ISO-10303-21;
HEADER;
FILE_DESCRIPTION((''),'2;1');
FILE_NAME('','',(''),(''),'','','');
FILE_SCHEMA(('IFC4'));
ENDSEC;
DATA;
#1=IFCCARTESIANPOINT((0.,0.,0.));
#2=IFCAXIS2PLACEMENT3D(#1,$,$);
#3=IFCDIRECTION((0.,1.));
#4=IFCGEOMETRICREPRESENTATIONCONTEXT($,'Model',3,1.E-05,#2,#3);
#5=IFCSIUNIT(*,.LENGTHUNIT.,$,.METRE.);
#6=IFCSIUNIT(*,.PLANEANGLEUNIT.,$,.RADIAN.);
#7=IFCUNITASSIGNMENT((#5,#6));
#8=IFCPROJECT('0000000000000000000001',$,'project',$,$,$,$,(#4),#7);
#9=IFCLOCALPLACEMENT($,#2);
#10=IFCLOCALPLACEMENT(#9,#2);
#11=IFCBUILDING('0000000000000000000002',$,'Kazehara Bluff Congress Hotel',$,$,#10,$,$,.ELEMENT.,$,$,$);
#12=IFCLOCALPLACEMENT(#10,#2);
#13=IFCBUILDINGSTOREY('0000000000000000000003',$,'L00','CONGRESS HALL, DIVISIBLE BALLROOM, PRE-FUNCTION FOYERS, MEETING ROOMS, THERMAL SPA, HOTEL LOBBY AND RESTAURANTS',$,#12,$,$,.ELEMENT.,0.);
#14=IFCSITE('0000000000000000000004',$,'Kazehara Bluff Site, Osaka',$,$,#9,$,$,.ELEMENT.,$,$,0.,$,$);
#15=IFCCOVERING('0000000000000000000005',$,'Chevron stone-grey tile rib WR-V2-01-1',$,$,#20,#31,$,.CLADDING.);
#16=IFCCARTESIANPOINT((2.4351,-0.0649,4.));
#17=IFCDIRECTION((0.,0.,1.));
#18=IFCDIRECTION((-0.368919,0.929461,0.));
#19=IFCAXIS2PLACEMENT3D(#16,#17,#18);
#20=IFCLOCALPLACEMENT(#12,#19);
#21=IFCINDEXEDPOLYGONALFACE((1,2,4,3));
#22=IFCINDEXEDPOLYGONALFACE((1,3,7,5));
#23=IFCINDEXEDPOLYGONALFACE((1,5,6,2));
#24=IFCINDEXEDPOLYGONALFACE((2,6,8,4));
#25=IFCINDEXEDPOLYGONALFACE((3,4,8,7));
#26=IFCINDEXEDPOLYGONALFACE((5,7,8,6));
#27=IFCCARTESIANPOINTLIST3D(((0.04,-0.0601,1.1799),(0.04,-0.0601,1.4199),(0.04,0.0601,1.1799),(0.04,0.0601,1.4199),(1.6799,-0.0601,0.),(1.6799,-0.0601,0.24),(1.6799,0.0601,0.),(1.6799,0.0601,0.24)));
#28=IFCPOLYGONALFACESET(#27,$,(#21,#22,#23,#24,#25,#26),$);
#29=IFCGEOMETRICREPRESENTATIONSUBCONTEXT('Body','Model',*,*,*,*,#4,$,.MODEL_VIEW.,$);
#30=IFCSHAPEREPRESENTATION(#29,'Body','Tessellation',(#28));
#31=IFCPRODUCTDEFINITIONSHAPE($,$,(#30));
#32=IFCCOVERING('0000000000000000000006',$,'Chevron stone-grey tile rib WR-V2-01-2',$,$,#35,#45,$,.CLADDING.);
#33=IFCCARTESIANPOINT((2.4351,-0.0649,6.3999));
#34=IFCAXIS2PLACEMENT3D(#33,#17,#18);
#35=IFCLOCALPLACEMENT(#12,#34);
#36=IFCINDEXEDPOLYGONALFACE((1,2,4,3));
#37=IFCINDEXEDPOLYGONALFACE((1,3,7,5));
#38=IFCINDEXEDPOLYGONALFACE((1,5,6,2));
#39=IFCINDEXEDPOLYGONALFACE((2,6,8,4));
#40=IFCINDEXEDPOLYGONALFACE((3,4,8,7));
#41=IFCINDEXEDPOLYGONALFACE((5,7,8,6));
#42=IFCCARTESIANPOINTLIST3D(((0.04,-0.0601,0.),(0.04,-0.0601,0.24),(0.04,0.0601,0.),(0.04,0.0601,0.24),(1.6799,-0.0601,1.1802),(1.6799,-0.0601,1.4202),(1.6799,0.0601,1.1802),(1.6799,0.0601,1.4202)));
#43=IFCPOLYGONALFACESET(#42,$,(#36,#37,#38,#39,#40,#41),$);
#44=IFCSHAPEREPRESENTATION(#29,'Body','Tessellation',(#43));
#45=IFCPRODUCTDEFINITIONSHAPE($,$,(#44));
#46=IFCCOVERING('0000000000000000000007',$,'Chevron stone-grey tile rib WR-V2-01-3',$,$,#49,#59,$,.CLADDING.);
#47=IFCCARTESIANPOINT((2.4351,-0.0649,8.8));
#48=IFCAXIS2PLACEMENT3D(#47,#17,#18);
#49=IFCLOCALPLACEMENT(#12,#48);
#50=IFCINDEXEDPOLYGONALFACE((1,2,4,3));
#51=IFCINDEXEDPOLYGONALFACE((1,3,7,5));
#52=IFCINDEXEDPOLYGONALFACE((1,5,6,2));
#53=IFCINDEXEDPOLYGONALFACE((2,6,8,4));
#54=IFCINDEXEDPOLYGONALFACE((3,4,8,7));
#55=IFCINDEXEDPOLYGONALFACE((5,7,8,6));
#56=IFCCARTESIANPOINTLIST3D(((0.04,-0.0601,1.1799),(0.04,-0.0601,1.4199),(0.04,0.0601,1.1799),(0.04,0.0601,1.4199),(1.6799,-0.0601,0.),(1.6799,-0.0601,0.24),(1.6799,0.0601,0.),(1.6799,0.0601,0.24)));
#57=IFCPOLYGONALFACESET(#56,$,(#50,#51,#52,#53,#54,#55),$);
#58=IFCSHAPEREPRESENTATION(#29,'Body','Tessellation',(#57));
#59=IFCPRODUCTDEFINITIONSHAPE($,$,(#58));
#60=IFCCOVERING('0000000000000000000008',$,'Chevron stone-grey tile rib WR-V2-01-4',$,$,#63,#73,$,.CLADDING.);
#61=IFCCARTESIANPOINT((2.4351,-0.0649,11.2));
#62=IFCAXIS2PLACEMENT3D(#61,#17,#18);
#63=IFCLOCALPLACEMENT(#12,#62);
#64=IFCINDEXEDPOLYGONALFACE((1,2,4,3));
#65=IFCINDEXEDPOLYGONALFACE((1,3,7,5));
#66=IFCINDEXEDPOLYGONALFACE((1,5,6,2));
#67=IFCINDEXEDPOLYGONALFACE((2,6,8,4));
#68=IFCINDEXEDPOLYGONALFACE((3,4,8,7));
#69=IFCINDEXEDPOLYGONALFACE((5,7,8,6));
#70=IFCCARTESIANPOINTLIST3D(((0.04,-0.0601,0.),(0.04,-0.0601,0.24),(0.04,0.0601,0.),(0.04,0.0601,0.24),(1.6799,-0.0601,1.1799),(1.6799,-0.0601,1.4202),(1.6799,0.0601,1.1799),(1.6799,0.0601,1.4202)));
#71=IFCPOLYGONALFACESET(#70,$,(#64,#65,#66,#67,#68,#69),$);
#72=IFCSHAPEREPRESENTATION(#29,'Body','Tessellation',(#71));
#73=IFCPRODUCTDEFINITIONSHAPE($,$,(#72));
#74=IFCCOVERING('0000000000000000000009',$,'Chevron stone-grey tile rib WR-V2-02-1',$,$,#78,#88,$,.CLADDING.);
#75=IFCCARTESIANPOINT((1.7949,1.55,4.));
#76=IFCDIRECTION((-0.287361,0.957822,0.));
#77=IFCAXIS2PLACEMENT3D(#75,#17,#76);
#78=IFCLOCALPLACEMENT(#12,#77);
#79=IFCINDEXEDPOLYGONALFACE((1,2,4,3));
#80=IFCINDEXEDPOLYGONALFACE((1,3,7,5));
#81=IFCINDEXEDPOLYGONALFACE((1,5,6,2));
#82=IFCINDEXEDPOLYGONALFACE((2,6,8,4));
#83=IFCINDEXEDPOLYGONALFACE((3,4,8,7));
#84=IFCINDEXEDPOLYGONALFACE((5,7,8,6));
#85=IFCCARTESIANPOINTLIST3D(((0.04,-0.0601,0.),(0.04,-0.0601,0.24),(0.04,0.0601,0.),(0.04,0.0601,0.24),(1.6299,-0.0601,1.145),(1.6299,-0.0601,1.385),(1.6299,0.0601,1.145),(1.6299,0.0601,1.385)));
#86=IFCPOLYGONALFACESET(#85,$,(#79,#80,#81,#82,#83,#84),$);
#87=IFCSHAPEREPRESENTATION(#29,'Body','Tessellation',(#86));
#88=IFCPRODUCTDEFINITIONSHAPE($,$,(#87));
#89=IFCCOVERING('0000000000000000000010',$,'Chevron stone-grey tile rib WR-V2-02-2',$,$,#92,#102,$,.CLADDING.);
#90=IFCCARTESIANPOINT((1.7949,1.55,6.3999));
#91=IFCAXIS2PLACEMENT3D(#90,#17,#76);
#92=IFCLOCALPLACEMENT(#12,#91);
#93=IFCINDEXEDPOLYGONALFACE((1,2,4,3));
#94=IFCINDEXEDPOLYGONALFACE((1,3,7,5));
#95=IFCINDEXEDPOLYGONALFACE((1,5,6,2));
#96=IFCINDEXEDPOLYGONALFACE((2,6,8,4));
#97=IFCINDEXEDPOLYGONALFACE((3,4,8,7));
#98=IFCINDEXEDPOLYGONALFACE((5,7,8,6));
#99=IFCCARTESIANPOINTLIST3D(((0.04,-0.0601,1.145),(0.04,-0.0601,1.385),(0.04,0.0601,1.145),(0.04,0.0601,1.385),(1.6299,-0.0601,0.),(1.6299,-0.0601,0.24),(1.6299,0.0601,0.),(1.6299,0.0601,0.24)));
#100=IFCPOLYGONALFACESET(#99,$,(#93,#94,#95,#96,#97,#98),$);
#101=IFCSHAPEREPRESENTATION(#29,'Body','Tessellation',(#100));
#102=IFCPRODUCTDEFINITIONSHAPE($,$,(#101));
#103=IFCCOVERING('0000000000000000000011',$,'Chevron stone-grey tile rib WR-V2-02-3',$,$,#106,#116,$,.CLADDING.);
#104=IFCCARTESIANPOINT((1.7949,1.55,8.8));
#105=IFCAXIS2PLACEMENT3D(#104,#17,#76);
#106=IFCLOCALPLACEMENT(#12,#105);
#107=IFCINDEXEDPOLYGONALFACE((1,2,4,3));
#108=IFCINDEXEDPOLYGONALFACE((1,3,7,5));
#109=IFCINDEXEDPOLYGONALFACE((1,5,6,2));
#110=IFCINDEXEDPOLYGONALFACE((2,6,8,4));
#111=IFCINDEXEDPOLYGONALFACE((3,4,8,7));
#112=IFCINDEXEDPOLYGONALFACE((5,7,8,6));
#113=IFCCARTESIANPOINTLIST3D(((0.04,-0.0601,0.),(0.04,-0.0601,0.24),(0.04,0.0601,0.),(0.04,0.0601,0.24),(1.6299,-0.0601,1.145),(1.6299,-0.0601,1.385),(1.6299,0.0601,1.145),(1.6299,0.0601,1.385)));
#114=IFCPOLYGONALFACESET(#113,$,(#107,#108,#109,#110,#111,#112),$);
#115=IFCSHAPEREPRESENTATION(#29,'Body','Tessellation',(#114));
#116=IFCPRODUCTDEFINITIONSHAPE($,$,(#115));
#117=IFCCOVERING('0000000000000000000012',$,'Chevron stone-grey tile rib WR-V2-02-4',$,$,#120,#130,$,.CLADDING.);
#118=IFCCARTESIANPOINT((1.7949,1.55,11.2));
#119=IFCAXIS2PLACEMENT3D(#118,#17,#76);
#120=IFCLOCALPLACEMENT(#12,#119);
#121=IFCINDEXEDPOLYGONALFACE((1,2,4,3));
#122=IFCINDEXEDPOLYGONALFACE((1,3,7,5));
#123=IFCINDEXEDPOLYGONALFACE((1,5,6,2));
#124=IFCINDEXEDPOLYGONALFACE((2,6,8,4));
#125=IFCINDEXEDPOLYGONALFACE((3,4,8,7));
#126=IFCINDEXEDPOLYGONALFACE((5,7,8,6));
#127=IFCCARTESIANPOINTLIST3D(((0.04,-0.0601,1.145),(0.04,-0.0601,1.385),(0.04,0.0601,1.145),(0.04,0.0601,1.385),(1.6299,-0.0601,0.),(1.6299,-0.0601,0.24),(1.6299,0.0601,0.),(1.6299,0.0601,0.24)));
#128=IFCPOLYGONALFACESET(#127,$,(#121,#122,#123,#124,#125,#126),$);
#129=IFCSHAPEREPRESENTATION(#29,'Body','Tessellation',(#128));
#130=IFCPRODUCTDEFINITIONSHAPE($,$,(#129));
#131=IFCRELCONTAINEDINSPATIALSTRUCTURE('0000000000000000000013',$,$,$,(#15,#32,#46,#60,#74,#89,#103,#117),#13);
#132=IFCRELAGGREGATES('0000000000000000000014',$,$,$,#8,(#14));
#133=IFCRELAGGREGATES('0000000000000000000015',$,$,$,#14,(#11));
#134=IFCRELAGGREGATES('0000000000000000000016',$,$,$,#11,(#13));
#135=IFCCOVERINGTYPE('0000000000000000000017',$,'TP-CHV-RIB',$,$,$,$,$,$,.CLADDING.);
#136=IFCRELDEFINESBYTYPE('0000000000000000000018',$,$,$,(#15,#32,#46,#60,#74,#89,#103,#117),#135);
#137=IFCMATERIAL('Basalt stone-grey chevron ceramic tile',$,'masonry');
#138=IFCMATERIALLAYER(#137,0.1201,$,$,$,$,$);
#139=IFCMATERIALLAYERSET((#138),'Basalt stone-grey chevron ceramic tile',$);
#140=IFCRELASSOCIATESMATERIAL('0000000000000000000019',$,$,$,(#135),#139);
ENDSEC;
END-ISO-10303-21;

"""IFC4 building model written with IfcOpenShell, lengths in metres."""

from ifc_helpers import new_model, si_unit, direction, frame, origin, place, context, subcontext, project, spatial, polyline, outline, extrude, material, layer, layer_set, type_object, element, save


model = new_model("IFC4")

# Units and contexts
model_context = context("Model", 3, precision=1e-05, world=origin(), true_north=direction((0.0, 1.0)))
body_context = subcontext(model_context, "Body", "Model", "MODEL_VIEW")
ifc_project = project(units=[si_unit("LENGTHUNIT", "METRE"), si_unit("PLANEANGLEUNIT", "RADIAN")], contexts=[model_context])

# Site, building, storey
site_placement = place(None, origin())
site = spatial("IfcSite", under=ifc_project, at=site_placement, Name="Kazehara Bluff Site, Osaka", CompositionType="ELEMENT", RefElevation=0.0)
building_placement = place(site_placement, origin())
building = spatial("IfcBuilding", under=site, at=building_placement, Name="Kazehara Bluff Congress Hotel", CompositionType="ELEMENT")
storey_placement = place(building_placement, origin())
storey = spatial("IfcBuildingStorey", under=building, at=storey_placement, Name="L00", Description="CONGRESS HALL, DIVISIBLE BALLROOM, PRE-FUNCTION FOYERS, MEETING ROOMS, THERMAL SPA, HOTEL LOBBY AND RESTAURANTS", CompositionType="ELEMENT", Elevation=0.0)

# Coverings
ifc_material_1 = material(Name="Basalt stone-grey chevron ceramic tile", Category="masonry")
ifc_layer_1 = layer(ifc_material_1, 0.1201)
ifc_layer_set_1 = layer_set([ifc_layer_1], Name="Basalt stone-grey chevron ceramic tile")
covering_type_1 = type_object("IfcCoveringType", Name="TP-CHV-RIB", PredefinedType="CLADDING", material=ifc_layer_set_1)
covering_1_placement = place(storey_placement, frame((2.4351, -0.0649, 4.0), z_axis=(0.0, 0.0, 1.0), x_axis=(-0.368919, 0.929461, 0.0)))
element("IfcCovering", 1, at=covering_1_placement, inside=storey, type_object=covering_type_1, Name="Chevron stone-grey tile rib WR-V2-01-1", PredefinedType="CLADDING", context=body_context, shape_type="SweptSolid", body=[
    extrude(outline(polyline([(0.04, 1.1799), (1.6799, 0.0), (1.6799, 0.24), (0.04, 1.4199), (0.04, 1.1799)])), frame((0.0, 0.0601, 0.0), z_axis=(0.0, -1.0, 0.0), x_axis=(1.0, 0.0, 0.0)), (0.0, 0.0, 1.0), 0.1201),
])
covering_2_placement = place(storey_placement, frame((2.4351, -0.0649, 6.3999), z_axis=(0.0, 0.0, 1.0), x_axis=(-0.368919, 0.929461, 0.0)))
element("IfcCovering", 2, at=covering_2_placement, inside=storey, type_object=covering_type_1, Name="Chevron stone-grey tile rib WR-V2-01-2", PredefinedType="CLADDING", context=body_context, shape_type="SweptSolid", body=[
    extrude(outline(polyline([(0.04, 0.0), (1.6799, 1.1802), (1.6799, 1.4202), (0.04, 0.24), (0.04, 0.0)])), frame((0.0, 0.0601, 0.0), z_axis=(0.0, -1.0, 0.0), x_axis=(1.0, 0.0, 0.0)), (0.0, 0.0, 1.0), 0.1201),
])
covering_3_placement = place(storey_placement, frame((2.4351, -0.0649, 8.8), z_axis=(0.0, 0.0, 1.0), x_axis=(-0.368919, 0.929461, 0.0)))
element("IfcCovering", 3, at=covering_3_placement, inside=storey, type_object=covering_type_1, Name="Chevron stone-grey tile rib WR-V2-01-3", PredefinedType="CLADDING", context=body_context, shape_type="SweptSolid", body=[
    extrude(outline(polyline([(0.04, 1.1799), (1.6799, 0.0), (1.6799, 0.24), (0.04, 1.4199), (0.04, 1.1799)])), frame((0.0, 0.0601, 0.0), z_axis=(0.0, -1.0, 0.0), x_axis=(1.0, 0.0, 0.0)), (0.0, 0.0, 1.0), 0.1201),
])
covering_4_placement = place(storey_placement, frame((2.4351, -0.0649, 11.2), z_axis=(0.0, 0.0, 1.0), x_axis=(-0.368919, 0.929461, 0.0)))
element("IfcCovering", 4, at=covering_4_placement, inside=storey, type_object=covering_type_1, Name="Chevron stone-grey tile rib WR-V2-01-4", PredefinedType="CLADDING", context=body_context, shape_type="SweptSolid", body=[
    extrude(outline(polyline([(0.04, 0.0), (1.6799, 1.1799), (1.6799, 1.4202), (0.04, 0.24), (0.04, 0.0)])), frame((0.0, 0.0601, 0.0), z_axis=(0.0, -1.0, 0.0), x_axis=(1.0, 0.0, 0.0)), (0.0, 0.0, 1.0), 0.1201),
])
covering_5_placement = place(storey_placement, frame((1.7949, 1.55, 4.0), z_axis=(0.0, 0.0, 1.0), x_axis=(-0.287361, 0.957822, 0.0)))
element("IfcCovering", 5, at=covering_5_placement, inside=storey, type_object=covering_type_1, Name="Chevron stone-grey tile rib WR-V2-02-1", PredefinedType="CLADDING", context=body_context, shape_type="SweptSolid", body=[
    extrude(outline(polyline([(0.04, 0.0), (1.6299, 1.145), (1.6299, 1.385), (0.04, 0.24), (0.04, 0.0)])), frame((0.0, 0.0601, 0.0), z_axis=(0.0, -1.0, 0.0), x_axis=(1.0, 0.0, 0.0)), (0.0, 0.0, 1.0), 0.1201),
])
covering_6_placement = place(storey_placement, frame((1.7949, 1.55, 6.3999), z_axis=(0.0, 0.0, 1.0), x_axis=(-0.287361, 0.957822, 0.0)))
element("IfcCovering", 6, at=covering_6_placement, inside=storey, type_object=covering_type_1, Name="Chevron stone-grey tile rib WR-V2-02-2", PredefinedType="CLADDING", context=body_context, shape_type="SweptSolid", body=[
    extrude(outline(polyline([(0.04, 1.145), (1.6299, 0.0), (1.6299, 0.24), (0.04, 1.385), (0.04, 1.145)])), frame((0.0, 0.0601, 0.0), z_axis=(0.0, -1.0, 0.0), x_axis=(1.0, 0.0, 0.0)), (0.0, 0.0, 1.0), 0.1201),
])
covering_7_placement = place(storey_placement, frame((1.7949, 1.55, 8.8), z_axis=(0.0, 0.0, 1.0), x_axis=(-0.287361, 0.957822, 0.0)))
element("IfcCovering", 7, at=covering_7_placement, inside=storey, type_object=covering_type_1, Name="Chevron stone-grey tile rib WR-V2-02-3", PredefinedType="CLADDING", context=body_context, shape_type="SweptSolid", body=[
    extrude(outline(polyline([(0.04, 0.0), (1.6299, 1.145), (1.6299, 1.385), (0.04, 0.24), (0.04, 0.0)])), frame((0.0, 0.0601, 0.0), z_axis=(0.0, -1.0, 0.0), x_axis=(1.0, 0.0, 0.0)), (0.0, 0.0, 1.0), 0.1201),
])
covering_8_placement = place(storey_placement, frame((1.7949, 1.55, 11.2), z_axis=(0.0, 0.0, 1.0), x_axis=(-0.287361, 0.957822, 0.0)))
element("IfcCovering", 8, at=covering_8_placement, inside=storey, type_object=covering_type_1, Name="Chevron stone-grey tile rib WR-V2-02-4", PredefinedType="CLADDING", context=body_context, shape_type="SweptSolid", body=[
    extrude(outline(polyline([(0.04, 1.145), (1.6299, 0.0), (1.6299, 0.24), (0.04, 1.385), (0.04, 1.145)])), frame((0.0, 0.0601, 0.0), z_axis=(0.0, -1.0, 0.0), x_axis=(1.0, 0.0, 0.0)), (0.0, 0.0, 1.0), 0.1201),
])

save(model, "model.ifc")
